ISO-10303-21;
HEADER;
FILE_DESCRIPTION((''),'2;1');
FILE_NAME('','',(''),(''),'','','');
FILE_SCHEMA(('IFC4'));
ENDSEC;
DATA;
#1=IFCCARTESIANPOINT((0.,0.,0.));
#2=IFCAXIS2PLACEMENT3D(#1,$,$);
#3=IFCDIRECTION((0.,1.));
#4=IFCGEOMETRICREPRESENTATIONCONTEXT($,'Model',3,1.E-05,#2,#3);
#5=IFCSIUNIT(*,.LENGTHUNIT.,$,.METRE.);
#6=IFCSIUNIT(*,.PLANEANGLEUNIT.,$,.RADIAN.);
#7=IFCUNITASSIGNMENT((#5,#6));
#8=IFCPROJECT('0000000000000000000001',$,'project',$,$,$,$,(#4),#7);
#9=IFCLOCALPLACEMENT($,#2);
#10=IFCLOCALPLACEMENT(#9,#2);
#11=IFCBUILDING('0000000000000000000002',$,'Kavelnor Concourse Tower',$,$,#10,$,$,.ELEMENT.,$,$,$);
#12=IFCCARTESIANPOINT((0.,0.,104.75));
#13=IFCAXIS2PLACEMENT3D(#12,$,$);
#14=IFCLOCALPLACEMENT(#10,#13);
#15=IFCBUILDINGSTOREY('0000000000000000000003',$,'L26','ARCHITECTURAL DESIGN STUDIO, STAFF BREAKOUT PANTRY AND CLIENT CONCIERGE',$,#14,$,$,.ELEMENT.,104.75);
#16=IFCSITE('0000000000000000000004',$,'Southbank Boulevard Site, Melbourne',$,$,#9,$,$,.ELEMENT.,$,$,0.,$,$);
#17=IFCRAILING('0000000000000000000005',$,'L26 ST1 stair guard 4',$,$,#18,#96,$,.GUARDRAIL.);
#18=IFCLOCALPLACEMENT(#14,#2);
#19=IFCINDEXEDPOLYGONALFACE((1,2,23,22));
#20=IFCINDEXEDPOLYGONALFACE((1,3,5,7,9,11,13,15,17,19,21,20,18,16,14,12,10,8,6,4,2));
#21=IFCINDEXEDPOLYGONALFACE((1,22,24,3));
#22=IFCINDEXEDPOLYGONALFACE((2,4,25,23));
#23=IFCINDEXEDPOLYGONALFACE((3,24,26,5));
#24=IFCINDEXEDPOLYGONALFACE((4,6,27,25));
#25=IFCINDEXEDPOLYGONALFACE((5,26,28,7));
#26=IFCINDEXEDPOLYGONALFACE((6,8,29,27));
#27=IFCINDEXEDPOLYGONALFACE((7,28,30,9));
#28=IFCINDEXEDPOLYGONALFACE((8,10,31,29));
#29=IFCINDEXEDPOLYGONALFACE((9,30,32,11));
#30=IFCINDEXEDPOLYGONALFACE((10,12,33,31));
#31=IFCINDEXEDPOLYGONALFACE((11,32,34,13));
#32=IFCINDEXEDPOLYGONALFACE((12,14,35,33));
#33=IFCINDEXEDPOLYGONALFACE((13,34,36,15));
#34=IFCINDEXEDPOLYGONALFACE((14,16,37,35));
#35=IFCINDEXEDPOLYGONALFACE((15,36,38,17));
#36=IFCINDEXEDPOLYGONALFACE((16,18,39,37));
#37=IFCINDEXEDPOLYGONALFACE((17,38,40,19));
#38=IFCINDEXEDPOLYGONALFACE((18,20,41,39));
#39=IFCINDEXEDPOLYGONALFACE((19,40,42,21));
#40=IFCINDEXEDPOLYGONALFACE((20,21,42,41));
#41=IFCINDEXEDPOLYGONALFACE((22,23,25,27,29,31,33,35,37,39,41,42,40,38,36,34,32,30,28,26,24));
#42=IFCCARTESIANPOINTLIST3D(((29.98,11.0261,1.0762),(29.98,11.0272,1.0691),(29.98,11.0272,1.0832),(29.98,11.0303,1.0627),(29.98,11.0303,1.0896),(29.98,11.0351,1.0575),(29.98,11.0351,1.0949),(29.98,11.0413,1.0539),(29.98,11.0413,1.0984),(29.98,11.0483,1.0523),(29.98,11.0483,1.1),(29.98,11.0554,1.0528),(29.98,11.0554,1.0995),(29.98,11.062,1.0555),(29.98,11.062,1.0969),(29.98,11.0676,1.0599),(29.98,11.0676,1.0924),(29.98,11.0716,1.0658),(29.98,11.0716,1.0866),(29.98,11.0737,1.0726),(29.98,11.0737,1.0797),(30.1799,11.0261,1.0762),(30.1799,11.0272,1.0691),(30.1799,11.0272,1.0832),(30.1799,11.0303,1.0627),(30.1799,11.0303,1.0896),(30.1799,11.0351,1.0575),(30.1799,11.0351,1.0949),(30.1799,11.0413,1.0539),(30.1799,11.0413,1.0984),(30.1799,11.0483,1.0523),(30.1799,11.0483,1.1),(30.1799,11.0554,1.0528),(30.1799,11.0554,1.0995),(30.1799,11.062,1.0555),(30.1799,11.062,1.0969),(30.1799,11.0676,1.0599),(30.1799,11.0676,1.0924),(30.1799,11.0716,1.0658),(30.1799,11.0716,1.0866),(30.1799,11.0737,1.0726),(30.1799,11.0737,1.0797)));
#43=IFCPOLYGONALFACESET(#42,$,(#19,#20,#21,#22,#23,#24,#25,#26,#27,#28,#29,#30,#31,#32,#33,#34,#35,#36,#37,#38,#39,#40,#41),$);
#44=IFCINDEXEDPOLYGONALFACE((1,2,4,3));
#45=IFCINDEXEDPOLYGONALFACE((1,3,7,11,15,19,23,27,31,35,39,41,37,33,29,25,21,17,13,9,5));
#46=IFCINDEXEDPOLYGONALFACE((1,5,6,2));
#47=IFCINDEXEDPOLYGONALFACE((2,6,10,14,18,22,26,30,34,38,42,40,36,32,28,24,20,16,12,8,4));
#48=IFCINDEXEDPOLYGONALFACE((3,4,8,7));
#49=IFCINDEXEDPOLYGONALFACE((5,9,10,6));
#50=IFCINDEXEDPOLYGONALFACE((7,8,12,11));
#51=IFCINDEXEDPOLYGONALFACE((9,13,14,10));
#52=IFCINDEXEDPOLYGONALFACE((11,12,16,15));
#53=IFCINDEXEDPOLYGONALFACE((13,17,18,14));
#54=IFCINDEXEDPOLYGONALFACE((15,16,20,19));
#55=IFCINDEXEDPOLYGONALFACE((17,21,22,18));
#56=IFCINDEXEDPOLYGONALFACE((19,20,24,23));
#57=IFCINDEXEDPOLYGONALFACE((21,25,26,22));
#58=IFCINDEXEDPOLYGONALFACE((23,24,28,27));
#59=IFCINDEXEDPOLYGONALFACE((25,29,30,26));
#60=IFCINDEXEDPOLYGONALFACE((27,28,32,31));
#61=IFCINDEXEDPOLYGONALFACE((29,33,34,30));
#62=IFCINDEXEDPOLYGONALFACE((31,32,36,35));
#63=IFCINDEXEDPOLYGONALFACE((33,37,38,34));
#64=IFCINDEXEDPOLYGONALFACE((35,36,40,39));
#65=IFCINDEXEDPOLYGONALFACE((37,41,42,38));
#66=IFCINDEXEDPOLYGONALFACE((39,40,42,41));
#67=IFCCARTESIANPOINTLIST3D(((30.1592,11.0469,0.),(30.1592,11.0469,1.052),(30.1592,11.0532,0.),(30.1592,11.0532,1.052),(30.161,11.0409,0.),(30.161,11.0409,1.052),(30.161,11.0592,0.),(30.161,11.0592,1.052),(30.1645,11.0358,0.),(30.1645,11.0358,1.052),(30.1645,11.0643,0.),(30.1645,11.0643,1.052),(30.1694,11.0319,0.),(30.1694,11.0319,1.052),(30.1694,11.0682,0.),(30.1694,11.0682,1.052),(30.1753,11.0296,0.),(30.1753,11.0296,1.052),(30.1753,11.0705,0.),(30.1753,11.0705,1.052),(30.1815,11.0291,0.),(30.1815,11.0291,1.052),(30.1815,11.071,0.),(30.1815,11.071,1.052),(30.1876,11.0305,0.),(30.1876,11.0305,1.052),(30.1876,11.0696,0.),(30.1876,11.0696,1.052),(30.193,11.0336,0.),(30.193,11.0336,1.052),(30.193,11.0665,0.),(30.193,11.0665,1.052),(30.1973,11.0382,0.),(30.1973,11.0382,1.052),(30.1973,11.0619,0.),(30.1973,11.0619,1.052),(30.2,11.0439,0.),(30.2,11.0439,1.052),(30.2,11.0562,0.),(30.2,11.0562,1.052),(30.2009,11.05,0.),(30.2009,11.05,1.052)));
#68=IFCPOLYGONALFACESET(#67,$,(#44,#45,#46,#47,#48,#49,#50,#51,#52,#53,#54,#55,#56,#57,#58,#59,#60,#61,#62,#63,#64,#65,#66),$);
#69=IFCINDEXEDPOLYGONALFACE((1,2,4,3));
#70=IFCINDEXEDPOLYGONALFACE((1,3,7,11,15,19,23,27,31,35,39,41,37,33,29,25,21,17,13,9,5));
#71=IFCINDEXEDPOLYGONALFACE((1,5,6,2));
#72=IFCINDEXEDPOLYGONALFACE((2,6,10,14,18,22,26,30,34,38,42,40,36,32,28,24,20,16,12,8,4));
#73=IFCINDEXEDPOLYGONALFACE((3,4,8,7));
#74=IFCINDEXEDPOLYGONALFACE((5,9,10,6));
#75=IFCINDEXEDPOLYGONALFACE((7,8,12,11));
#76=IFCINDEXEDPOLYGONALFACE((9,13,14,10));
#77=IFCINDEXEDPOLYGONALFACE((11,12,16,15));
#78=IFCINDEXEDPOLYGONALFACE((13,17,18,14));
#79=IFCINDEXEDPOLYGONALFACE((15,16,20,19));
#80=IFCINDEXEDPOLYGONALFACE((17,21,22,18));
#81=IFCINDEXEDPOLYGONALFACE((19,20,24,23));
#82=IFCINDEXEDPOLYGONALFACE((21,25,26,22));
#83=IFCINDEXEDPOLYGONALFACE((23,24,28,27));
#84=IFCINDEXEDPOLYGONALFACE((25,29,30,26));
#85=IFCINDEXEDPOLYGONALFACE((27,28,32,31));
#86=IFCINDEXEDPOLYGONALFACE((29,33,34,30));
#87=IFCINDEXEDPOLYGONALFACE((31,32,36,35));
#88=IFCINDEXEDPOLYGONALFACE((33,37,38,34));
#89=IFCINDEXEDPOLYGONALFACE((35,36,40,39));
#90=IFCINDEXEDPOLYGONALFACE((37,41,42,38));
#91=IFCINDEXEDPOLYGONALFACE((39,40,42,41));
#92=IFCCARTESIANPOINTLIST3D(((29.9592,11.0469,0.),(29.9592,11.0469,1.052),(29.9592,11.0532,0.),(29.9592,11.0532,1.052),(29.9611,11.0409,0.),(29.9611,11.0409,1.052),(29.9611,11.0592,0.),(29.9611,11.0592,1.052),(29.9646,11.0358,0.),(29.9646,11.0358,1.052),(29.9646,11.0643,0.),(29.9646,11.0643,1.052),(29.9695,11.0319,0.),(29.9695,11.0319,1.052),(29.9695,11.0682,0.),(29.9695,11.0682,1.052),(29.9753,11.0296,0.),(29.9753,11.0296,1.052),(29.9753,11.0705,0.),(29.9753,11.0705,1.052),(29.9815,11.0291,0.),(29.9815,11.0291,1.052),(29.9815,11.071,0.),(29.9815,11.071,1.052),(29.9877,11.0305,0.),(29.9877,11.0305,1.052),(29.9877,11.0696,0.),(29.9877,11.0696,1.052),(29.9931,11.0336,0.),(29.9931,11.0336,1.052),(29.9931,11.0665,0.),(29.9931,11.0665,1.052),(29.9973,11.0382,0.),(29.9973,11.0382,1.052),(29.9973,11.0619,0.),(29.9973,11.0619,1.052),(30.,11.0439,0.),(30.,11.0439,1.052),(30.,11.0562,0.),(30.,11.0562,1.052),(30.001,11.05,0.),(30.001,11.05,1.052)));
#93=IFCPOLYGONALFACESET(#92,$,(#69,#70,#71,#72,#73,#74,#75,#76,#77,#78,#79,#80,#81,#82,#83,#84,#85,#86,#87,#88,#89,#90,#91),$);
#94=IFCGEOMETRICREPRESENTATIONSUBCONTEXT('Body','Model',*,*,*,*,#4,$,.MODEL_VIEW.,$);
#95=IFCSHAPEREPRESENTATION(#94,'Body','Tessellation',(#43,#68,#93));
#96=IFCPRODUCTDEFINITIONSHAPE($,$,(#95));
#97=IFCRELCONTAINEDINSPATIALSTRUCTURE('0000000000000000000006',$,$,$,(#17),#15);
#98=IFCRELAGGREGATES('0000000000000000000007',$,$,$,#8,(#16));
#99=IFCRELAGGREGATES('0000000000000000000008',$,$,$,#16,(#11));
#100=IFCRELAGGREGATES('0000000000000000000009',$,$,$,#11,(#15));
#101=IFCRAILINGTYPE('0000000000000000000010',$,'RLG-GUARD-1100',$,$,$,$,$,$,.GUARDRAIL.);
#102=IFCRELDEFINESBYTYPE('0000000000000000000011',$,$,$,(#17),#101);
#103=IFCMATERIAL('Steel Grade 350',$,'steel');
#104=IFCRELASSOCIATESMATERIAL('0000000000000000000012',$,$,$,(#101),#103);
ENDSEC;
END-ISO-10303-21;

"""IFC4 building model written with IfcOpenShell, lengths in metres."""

from ifc_helpers import new_model, si_unit, direction, frame, origin, origin_2d, place, context, subcontext, project, spatial, circle, extrude, material, type_object, element, save


model = new_model("IFC4")

# Units and contexts
model_context = context("Model", 3, precision=1e-05, world=origin(), true_north=direction((0.0, 1.0)))
body_context = subcontext(model_context, "Body", "Model", "MODEL_VIEW")
ifc_project = project(units=[si_unit("LENGTHUNIT", "METRE"), si_unit("PLANEANGLEUNIT", "RADIAN")], contexts=[model_context])

# Site, building, storey
site_placement = place(None, origin())
site = spatial("IfcSite", under=ifc_project, at=site_placement, Name="Southbank Boulevard Site, Melbourne", CompositionType="ELEMENT", RefElevation=0.0)
building_placement = place(site_placement, origin())
building = spatial("IfcBuilding", under=site, at=building_placement, Name="Kavelnor Concourse Tower", CompositionType="ELEMENT")
storey_placement = place(building_placement, frame((0.0, 0.0, 104.75)))
storey = spatial("IfcBuildingStorey", under=building, at=storey_placement, Name="L26", Description="ARCHITECTURAL DESIGN STUDIO, STAFF BREAKOUT PANTRY AND CLIENT CONCIERGE", CompositionType="ELEMENT", Elevation=104.75)

# Shared definitions
ifc_material_1 = material(Name="Steel Grade 350", Category="steel")

# Railing
railing_type_1 = type_object("IfcRailingType", Name="RLG-GUARD-1100", PredefinedType="GUARDRAIL", material=ifc_material_1)
railing_1_placement = place(storey_placement, frame((30.1799, 11.05, 0.0)))
element("IfcRailing", 1, at=railing_1_placement, inside=storey, type_object=railing_type_1, Name="L26 ST1 stair guard 4", PredefinedType="GUARDRAIL", context=body_context, shape_type="SweptSolid", body=[
    extrude(circle(Radius=0.0239, at=origin_2d()), frame((0.0, 0.0, 1.0762), z_axis=(-1.0, 0.0, 0.0), x_axis=(0.0, -1.0, 0.0)), (0.0, 0.0, 1.0), 0.2),
    extrude(circle(Radius=0.021, at=origin_2d()), origin(), (0.0, 0.0, 1.0), 1.052),
    extrude(circle(Radius=0.021, at=origin_2d()), frame((-0.2, 0.0, 0.0)), (0.0, 0.0, 1.0), 1.052),
])

save(model, "model.ifc")
